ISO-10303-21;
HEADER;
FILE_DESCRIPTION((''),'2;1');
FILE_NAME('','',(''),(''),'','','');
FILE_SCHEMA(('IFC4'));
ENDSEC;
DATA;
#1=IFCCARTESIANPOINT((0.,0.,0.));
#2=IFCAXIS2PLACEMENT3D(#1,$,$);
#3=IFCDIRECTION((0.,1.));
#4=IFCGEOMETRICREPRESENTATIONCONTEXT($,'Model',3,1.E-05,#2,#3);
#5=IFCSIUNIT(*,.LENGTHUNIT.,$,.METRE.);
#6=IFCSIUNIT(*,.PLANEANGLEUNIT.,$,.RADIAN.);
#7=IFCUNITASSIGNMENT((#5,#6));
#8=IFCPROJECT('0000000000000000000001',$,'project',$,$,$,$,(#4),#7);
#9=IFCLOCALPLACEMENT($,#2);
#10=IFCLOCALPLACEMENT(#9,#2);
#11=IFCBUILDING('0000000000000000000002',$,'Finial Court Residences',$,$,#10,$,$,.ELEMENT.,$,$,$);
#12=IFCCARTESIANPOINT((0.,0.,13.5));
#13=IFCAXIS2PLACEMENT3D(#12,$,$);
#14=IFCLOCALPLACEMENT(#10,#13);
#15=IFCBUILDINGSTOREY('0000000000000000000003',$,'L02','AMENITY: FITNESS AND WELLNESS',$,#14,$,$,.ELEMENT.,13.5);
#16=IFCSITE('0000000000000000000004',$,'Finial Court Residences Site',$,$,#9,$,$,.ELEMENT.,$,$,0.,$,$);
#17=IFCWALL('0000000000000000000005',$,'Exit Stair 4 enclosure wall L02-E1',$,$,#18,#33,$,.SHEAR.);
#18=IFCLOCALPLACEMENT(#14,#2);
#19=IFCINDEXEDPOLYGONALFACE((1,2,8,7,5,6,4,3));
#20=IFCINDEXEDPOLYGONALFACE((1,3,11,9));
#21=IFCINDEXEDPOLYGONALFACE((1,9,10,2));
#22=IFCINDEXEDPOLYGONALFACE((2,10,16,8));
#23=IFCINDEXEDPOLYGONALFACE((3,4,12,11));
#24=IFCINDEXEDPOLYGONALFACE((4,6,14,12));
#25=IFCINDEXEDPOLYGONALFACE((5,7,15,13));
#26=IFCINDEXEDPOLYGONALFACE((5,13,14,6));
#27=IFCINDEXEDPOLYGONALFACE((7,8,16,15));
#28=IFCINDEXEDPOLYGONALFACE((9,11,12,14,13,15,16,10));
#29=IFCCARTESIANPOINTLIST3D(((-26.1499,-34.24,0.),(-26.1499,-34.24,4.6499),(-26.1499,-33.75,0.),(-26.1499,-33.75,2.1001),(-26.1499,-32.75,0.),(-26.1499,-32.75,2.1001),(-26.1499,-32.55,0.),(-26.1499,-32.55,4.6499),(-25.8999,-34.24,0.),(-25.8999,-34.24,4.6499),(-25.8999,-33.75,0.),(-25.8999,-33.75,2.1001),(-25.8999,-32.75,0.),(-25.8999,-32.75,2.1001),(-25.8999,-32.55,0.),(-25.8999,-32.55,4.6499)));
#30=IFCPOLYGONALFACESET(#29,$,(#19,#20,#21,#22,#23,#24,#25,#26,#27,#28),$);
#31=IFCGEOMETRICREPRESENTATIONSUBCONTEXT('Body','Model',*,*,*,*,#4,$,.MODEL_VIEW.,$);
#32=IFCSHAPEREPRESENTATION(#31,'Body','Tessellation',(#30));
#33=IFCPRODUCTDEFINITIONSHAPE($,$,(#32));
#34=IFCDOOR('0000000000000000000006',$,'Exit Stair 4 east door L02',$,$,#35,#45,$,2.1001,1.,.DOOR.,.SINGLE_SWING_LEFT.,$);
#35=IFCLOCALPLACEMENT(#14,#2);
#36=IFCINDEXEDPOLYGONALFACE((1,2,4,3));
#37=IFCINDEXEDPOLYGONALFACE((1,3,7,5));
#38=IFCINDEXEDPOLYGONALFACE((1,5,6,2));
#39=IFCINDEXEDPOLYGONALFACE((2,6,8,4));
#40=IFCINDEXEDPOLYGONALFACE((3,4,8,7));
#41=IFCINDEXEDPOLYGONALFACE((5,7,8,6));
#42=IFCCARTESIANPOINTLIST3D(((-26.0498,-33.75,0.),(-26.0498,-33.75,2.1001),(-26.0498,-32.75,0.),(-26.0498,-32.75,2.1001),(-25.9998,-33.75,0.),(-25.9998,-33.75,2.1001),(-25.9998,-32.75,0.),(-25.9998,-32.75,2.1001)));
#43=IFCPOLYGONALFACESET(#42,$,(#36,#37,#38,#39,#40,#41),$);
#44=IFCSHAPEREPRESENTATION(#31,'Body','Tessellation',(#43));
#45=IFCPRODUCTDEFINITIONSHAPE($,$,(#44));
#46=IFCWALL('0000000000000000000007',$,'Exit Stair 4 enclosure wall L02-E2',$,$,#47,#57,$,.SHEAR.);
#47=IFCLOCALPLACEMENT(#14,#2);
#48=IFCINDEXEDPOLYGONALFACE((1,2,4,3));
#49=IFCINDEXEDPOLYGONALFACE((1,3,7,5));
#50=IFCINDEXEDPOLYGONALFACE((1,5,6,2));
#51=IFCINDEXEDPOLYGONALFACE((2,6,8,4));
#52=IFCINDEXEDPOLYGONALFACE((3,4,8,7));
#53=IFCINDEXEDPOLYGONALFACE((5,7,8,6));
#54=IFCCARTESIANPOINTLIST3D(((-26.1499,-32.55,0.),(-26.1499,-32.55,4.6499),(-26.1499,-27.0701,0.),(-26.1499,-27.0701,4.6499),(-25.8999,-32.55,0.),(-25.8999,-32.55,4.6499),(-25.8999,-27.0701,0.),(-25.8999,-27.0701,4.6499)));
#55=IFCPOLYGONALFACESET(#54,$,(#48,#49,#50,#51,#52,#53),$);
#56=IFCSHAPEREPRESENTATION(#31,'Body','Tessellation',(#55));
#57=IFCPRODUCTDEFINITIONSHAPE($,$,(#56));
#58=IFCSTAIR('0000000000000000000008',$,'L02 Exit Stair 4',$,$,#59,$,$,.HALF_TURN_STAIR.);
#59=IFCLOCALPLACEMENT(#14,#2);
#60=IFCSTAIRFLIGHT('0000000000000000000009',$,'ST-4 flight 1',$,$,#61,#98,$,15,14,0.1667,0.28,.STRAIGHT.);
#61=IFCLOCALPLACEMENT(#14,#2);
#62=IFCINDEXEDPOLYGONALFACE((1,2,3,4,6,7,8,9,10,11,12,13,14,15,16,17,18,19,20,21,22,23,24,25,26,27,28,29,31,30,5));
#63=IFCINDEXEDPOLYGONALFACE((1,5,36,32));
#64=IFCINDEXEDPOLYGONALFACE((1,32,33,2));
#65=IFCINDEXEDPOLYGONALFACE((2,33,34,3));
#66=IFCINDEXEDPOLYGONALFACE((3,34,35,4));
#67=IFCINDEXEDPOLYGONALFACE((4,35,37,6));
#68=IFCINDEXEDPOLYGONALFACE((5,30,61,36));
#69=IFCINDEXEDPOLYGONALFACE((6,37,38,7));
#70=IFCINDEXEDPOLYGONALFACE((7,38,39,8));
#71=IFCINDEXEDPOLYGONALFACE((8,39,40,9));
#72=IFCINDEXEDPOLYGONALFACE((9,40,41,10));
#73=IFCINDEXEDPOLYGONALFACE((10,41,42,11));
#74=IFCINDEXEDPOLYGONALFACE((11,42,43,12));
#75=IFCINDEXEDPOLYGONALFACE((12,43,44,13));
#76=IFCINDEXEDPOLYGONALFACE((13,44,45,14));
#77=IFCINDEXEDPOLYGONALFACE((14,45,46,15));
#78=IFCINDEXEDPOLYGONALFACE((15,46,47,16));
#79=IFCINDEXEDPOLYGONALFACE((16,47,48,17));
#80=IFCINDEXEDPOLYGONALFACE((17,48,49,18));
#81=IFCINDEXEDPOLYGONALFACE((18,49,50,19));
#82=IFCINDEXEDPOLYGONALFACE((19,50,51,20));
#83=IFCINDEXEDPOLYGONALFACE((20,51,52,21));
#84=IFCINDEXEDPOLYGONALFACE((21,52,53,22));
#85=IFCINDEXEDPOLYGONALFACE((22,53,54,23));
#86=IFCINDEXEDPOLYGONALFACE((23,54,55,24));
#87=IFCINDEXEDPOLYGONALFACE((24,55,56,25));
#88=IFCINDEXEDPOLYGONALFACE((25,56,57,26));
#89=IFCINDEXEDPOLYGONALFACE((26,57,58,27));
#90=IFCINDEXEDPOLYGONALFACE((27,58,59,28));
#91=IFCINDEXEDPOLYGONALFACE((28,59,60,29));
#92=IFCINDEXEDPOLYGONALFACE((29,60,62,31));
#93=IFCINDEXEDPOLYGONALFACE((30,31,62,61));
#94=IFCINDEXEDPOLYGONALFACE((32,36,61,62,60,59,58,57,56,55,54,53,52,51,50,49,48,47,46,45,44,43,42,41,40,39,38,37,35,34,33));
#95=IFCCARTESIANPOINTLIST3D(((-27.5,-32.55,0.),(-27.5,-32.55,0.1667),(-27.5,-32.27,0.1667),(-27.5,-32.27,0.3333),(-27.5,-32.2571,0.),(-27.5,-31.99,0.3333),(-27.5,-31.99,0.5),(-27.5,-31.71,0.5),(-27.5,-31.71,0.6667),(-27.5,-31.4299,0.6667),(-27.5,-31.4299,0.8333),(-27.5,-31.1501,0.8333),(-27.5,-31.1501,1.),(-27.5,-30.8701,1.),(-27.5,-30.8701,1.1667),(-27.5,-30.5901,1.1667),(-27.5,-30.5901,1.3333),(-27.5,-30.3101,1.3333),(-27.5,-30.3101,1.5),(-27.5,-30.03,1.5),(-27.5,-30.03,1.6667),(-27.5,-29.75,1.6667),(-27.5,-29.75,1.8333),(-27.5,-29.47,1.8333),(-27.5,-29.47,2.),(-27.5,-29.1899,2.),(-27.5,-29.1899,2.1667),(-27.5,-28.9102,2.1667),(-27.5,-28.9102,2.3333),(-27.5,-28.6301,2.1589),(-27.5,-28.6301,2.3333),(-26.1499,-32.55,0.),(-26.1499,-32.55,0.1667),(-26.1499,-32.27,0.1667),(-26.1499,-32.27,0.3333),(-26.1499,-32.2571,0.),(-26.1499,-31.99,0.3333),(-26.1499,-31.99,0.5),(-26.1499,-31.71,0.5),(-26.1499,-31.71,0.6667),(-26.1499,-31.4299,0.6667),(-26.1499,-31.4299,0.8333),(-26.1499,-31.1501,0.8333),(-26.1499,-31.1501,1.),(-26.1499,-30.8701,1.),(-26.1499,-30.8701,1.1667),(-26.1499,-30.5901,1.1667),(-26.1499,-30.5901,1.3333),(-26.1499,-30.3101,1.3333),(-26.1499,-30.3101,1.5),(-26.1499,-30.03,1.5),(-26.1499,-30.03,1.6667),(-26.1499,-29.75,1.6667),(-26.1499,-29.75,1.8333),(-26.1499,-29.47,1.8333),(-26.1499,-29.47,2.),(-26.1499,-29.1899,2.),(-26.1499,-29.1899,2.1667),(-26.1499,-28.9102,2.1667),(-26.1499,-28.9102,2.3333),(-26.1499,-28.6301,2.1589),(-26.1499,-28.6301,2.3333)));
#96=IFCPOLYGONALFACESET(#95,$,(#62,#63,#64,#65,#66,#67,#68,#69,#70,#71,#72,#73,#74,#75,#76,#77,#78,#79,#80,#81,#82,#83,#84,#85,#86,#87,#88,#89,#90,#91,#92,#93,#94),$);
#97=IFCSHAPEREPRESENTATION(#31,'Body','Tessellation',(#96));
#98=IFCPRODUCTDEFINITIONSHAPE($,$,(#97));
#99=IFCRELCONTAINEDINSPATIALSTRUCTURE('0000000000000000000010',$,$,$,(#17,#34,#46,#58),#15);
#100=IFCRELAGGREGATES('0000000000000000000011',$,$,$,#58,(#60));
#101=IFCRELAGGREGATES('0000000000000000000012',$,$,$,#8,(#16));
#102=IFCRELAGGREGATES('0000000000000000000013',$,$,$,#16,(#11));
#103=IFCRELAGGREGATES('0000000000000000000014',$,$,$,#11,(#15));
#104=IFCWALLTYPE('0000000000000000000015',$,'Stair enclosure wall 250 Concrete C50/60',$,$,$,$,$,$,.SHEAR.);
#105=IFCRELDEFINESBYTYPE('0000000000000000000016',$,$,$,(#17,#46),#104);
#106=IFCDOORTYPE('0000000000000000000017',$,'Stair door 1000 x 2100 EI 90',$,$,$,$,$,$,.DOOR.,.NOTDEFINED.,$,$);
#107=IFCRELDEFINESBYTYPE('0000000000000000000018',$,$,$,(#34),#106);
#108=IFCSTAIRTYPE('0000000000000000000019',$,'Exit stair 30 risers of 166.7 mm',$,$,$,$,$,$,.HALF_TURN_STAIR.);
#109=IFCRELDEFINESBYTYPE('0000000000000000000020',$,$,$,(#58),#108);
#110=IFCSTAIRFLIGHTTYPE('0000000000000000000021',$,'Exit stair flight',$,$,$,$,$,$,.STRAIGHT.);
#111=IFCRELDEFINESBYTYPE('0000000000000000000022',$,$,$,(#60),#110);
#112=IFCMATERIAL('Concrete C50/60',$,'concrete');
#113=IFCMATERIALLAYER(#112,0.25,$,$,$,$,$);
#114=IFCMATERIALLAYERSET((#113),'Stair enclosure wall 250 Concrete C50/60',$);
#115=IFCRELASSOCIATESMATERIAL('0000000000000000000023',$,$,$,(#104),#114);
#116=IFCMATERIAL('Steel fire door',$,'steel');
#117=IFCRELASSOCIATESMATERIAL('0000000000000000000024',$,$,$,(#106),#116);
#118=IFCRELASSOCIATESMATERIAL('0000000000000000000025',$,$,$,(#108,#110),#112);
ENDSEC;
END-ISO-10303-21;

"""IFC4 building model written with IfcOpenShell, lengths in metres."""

from ifc_helpers import new_model, si_unit, direction, frame, frame_2d, origin, place, context, subcontext, project, spatial, polyline, rectangle, outline, extrude, material, layer, layer_set, type_object, element, fill, aggregate, save


model = new_model("IFC4")

# Units and contexts
model_context = context("Model", 3, precision=1e-05, world=origin(), true_north=direction((0.0, 1.0)))
body_context = subcontext(model_context, "Body", "Model", "MODEL_VIEW")
ifc_project = project(units=[si_unit("LENGTHUNIT", "METRE"), si_unit("PLANEANGLEUNIT", "RADIAN")], contexts=[model_context])

# Site, building, storey
site_placement = place(None, origin())
site = spatial("IfcSite", under=ifc_project, at=site_placement, Name="Finial Court Residences Site", CompositionType="ELEMENT", RefElevation=0.0)
building_placement = place(site_placement, origin())
building = spatial("IfcBuilding", under=site, at=building_placement, Name="Finial Court Residences", CompositionType="ELEMENT")
storey_placement = place(building_placement, frame((0.0, 0.0, 13.5)))
storey = spatial("IfcBuildingStorey", under=building, at=storey_placement, Name="L02", Description="AMENITY: FITNESS AND WELLNESS", CompositionType="ELEMENT", Elevation=13.5)

# Shared definitions
ifc_material_1 = material(Name="Concrete C50/60", Category="concrete")

# Shared definitions
ifc_layer_1 = layer(ifc_material_1, 0.25)
ifc_layer_set_1 = layer_set([ifc_layer_1], Name="Stair enclosure wall 250 Concrete C50/60")
wall_type_1 = type_object("IfcWallType", Name="Stair enclosure wall 250 Concrete C50/60", PredefinedType="SHEAR", material=ifc_layer_set_1)
ifc_material_2 = material(Name="Steel fire door", Category="steel")
door_type_1 = type_object("IfcDoorType", Name="Stair door 1000 x 2100 EI 90", OperationType="NOTDEFINED", PredefinedType="DOOR", material=ifc_material_2)

# Wall, opening, door
wall_1_placement = place(storey_placement, frame((-26.0249, -34.24, 0.0), z_axis=(0.0, 0.0, 1.0), x_axis=(0.0, 1.0, 0.0)))
wall_1 = element("IfcWall", 1, at=wall_1_placement, inside=storey, type_object=wall_type_1, Name="Exit Stair 4 enclosure wall L02-E1", PredefinedType="SHEAR", context=body_context, shape_type="SweptSolid", body=[
    extrude(rectangle(XDim=1.6899, YDim=0.25, at=frame_2d((0.845, 0.0))), origin(), (0.0, 0.0, 1.0), 4.6499),
])
opening_1_placement = place(wall_1_placement, frame((0.49, 0.0, 0.0)))
opening_1 = element("IfcOpeningElement", 2, at=opening_1_placement, cuts=wall_1, PredefinedType="OPENING", context=body_context, shape_type="SweptSolid", body=[
    extrude(rectangle(XDim=1.0, YDim=2.1001, at=frame_2d((0.5, 1.05))), frame((0.0, 0.135, 0.0), z_axis=(0.0, -1.0, 0.0), x_axis=(1.0, 0.0, 0.0)), (0.0, 0.0, 1.0), 0.27),
])
door_1_placement = place(opening_1_placement, origin())
door_1 = element("IfcDoor", 3, at=door_1_placement, inside=storey, type_object=door_type_1, Name="Exit Stair 4 east door L02", OperationType="SINGLE_SWING_LEFT", OverallHeight=2.1001, OverallWidth=1.0, PredefinedType="DOOR", context=body_context, shape_type="SweptSolid", body=[
    extrude(rectangle(XDim=1.0, YDim=2.1001, at=frame_2d((0.5, 1.05))), frame((0.0, 0.0249, 0.0), z_axis=(0.0, -1.0, 0.0), x_axis=(1.0, 0.0, 0.0)), (0.0, 0.0, 1.0), 0.05),
])
fill(opening_1, door_1)

# Wall
wall_2_placement = place(storey_placement, frame((-26.0249, -32.55, 0.0), z_axis=(0.0, 0.0, 1.0), x_axis=(0.0, 1.0, 0.0)))
element("IfcWall", 4, at=wall_2_placement, inside=storey, type_object=wall_type_1, Name="Exit Stair 4 enclosure wall L02-E2", PredefinedType="SHEAR", context=body_context, shape_type="SweptSolid", body=[
    extrude(rectangle(XDim=5.48, YDim=0.25, at=frame_2d((2.74, 0.0))), origin(), (0.0, 0.0, 1.0), 4.6499),
])

# Stair, stair flight
stair_type = type_object("IfcStairType", Name="Exit stair 30 risers of 166.7 mm", PredefinedType="HALF_TURN_STAIR", material=ifc_material_1)
stair_placement = place(storey_placement, origin())
stair = element("IfcStair", 5, at=stair_placement, inside=storey, type_object=stair_type, Name="L02 Exit Stair 4", PredefinedType="HALF_TURN_STAIR")
stair_flight_type = type_object("IfcStairFlightType", Name="Exit stair flight", PredefinedType="STRAIGHT", material=ifc_material_1)
stair_flight_placement = place(storey_placement, frame((-26.825, -32.55, 0.0), z_axis=(0.0, 0.0, 1.0), x_axis=(0.0, 1.0, 0.0)))
stair_flight = element("IfcStairFlight", 6, at=stair_flight_placement, type_object=stair_flight_type, Name="ST-4 flight 1", NumberOfRisers=15, NumberOfTreads=14, PredefinedType="STRAIGHT", RiserHeight=0.1667, TreadLength=0.28, context=body_context, shape_type="SweptSolid", body=[
    extrude(outline(polyline([(0.0, 0.0), (0.0, 0.1667), (0.28, 0.1667), (0.28, 0.3333), (0.5601, 0.3333), (0.5601, 0.5), (0.8401, 0.5), (0.8401, 0.6667), (1.1201, 0.6667), (1.1201, 0.8333), (1.3999, 0.8333), (1.3999, 1.0), (1.6799, 1.0), (1.6799, 1.1667), (1.96, 1.1667), (1.96, 1.3333), (2.24, 1.3333), (2.24, 1.5), (2.52, 1.5), (2.52, 1.6667), (2.8, 1.6667), (2.8, 1.8333), (3.0801, 1.8333), (3.0801, 2.0), (3.3601, 2.0), (3.3601, 2.1667), (3.6399, 2.1667), (3.6399, 2.3333), (3.9199, 2.3333), (3.9199, 2.5), (3.9199, 2.1589), (0.293, 0.0), (0.0, 0.0)])), frame((0.0, 0.675, 0.0), z_axis=(0.0, -1.0, 0.0), x_axis=(1.0, 0.0, 0.0)), (0.0, 0.0, 1.0), 1.3501),
])
aggregate(stair, [stair_flight])

save(model, "model.ifc")
